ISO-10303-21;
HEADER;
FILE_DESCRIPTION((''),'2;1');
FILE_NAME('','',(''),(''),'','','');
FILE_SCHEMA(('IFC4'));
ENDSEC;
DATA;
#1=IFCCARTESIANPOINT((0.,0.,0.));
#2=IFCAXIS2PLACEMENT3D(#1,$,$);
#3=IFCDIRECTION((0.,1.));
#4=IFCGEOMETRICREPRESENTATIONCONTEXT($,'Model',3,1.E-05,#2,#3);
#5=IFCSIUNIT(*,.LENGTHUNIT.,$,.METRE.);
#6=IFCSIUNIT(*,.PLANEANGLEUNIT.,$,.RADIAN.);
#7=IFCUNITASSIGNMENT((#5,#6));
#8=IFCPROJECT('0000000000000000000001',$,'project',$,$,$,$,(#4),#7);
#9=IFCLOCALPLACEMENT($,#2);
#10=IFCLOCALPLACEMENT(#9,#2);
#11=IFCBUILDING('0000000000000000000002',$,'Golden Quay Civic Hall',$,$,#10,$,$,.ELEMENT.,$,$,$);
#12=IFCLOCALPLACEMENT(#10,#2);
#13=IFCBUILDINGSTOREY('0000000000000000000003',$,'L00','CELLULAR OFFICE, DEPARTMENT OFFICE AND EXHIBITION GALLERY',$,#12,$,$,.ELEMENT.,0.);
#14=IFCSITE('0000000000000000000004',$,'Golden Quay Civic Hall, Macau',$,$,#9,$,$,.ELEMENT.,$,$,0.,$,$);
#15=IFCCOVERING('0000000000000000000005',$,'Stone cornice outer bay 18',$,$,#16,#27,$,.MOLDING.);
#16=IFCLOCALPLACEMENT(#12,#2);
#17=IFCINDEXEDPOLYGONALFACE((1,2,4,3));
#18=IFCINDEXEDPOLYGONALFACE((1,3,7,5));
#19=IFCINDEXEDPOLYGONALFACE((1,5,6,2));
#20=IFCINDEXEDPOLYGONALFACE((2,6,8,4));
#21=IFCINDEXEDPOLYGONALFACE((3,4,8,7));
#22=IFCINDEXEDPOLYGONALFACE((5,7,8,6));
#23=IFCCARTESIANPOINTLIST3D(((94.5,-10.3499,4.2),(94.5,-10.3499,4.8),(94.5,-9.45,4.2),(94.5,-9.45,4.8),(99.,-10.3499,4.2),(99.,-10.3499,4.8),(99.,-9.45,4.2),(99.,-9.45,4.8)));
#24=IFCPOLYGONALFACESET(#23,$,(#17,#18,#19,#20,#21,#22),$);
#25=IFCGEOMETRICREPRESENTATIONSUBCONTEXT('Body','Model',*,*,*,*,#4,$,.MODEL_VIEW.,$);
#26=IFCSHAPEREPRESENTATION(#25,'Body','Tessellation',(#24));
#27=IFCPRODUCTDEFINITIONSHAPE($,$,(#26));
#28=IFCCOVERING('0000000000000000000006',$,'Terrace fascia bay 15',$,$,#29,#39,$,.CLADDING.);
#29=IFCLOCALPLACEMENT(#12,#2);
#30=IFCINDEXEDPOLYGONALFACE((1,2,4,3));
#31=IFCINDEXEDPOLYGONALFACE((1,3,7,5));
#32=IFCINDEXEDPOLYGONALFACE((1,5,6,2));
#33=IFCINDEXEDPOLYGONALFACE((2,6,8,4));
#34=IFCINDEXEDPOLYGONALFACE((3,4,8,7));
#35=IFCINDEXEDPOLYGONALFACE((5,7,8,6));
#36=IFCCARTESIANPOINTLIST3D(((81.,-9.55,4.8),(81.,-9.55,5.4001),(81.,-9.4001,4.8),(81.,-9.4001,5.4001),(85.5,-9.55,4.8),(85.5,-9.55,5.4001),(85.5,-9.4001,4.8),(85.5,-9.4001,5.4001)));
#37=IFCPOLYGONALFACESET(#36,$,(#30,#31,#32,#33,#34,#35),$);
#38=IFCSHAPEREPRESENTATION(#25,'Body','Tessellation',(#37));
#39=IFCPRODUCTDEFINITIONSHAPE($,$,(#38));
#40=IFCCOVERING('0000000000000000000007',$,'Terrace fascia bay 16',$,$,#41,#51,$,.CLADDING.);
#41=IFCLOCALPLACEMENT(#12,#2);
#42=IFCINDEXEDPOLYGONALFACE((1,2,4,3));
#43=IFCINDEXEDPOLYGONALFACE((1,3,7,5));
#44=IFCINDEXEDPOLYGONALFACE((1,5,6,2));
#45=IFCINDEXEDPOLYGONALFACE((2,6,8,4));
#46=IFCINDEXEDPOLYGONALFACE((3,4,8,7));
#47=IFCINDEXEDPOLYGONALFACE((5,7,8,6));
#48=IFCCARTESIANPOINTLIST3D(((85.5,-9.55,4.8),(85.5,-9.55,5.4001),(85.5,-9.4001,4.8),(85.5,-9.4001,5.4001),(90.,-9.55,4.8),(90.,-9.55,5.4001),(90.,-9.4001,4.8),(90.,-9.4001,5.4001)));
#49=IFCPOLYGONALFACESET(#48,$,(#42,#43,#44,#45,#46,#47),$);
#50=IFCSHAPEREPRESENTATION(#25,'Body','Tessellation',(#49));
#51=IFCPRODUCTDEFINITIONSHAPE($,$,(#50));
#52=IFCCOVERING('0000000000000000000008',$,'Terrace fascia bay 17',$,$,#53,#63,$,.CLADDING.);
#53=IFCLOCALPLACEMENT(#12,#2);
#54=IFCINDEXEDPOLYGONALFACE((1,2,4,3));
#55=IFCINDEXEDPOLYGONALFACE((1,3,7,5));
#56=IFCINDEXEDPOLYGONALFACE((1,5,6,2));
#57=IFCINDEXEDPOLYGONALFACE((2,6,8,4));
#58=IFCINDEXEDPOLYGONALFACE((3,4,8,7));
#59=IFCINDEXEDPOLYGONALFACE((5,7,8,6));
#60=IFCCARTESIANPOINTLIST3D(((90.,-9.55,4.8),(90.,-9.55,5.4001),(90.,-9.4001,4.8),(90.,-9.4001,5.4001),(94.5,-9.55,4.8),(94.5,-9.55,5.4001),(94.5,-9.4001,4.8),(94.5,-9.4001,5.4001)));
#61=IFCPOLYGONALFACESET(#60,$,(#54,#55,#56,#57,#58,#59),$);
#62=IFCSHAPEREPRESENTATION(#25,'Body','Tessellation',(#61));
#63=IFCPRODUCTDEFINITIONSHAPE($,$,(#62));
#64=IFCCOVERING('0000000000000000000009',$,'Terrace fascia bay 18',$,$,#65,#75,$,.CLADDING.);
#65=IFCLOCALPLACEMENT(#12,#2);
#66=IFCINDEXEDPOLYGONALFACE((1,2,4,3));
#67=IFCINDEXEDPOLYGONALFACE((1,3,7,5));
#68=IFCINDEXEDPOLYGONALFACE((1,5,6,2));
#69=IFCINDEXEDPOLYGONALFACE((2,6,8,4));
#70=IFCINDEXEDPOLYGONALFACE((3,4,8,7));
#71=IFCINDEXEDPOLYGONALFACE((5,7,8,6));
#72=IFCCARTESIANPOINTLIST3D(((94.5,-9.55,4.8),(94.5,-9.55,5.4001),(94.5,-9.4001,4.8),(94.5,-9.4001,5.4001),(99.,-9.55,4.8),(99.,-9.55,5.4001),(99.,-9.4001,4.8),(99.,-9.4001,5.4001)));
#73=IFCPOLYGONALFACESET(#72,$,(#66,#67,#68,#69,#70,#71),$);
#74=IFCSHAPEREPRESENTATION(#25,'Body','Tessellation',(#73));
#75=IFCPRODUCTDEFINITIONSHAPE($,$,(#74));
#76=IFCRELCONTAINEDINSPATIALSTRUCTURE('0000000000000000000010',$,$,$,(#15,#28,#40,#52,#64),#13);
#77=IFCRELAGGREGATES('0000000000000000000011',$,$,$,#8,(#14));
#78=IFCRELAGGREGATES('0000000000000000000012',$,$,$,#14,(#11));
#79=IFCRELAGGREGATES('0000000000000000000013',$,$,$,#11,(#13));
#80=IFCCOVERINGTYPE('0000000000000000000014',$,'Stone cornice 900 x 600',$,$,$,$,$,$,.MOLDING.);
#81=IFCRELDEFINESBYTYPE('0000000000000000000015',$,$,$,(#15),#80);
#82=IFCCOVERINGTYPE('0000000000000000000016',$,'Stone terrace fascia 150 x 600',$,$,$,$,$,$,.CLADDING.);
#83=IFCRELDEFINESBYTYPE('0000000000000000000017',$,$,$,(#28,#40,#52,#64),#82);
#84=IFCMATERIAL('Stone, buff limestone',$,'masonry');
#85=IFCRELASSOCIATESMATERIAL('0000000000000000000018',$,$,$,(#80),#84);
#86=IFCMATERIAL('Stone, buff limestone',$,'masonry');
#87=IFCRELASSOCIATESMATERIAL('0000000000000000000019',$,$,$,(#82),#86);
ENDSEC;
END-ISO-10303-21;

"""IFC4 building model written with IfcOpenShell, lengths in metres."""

from ifc_helpers import new_model, si_unit, direction, frame, origin, origin_2d, place, context, subcontext, project, spatial, rectangle, extrude, material, material_profile, profile_set, type_object, element, save


model = new_model("IFC4")

# Units and contexts
model_context = context("Model", 3, precision=1e-05, world=origin(), true_north=direction((0.0, 1.0)))
body_context = subcontext(model_context, "Body", "Model", "MODEL_VIEW")
ifc_project = project(units=[si_unit("LENGTHUNIT", "METRE"), si_unit("PLANEANGLEUNIT", "RADIAN")], contexts=[model_context])

# Site, building, storey
site_placement = place(None, origin())
site = spatial("IfcSite", under=ifc_project, at=site_placement, Name="Golden Quay Civic Hall, Macau", CompositionType="ELEMENT", RefElevation=0.0)
building_placement = place(site_placement, origin())
building = spatial("IfcBuilding", under=site, at=building_placement, Name="Golden Quay Civic Hall", CompositionType="ELEMENT")
storey_placement = place(building_placement, origin())
storey = spatial("IfcBuildingStorey", under=building, at=storey_placement, Name="L00", Description="CELLULAR OFFICE, DEPARTMENT OFFICE AND EXHIBITION GALLERY", CompositionType="ELEMENT", Elevation=0.0)

# Coverings
ifc_material_1 = material(Name="Stone, buff limestone", Category="masonry")
ifc_material_profile_1 = material_profile(ifc_material_1, rectangle(XDim=0.8999, YDim=0.6001, at=origin_2d()), Name="RC 900x600")
ifc_profile_set_1 = profile_set([ifc_material_profile_1], Name="Stone, buff limestone")
covering_type_1 = type_object("IfcCoveringType", Name="Stone cornice 900 x 600", PredefinedType="MOLDING", material=ifc_profile_set_1)
for number, where, z_axis, x_axis, name in (
    (1, (94.5, -9.8999, 4.5), (1.0, 0.0, 0.0), (0.0, 1.0, 0.0), "Stone cornice outer bay 18"),
):
    element("IfcCovering", number, at=place(storey_placement, frame(where, z_axis=z_axis, x_axis=x_axis)), inside=storey, type_object=covering_type_1, Name=name, PredefinedType="MOLDING", context=body_context, shape_type="SweptSolid", body=[
        extrude(rectangle(XDim=0.8999, YDim=0.6001, at=origin_2d()), origin(), (0.0, 0.0, 1.0), 4.5),
    ])
ifc_material_2 = material(Name="Stone, buff limestone", Category="masonry")
ifc_material_profile_2 = material_profile(ifc_material_2, rectangle(XDim=0.1499, YDim=0.6001, at=origin_2d()), Name="RC 150x600")
ifc_profile_set_2 = profile_set([ifc_material_profile_2], Name="Stone, buff limestone")
covering_type_2 = type_object("IfcCoveringType", Name="Stone terrace fascia 150 x 600", PredefinedType="CLADDING", material=ifc_profile_set_2)
for number, where, z_axis, x_axis, name in (
    (2, (81.0, -9.4751, 5.1001), (1.0, 0.0, 0.0), (0.0, 1.0, 0.0), "Terrace fascia bay 15"),
    (3, (85.5, -9.4751, 5.1001), (1.0, 0.0, 0.0), (0.0, 1.0, 0.0), "Terrace fascia bay 16"),
    (4, (90.0, -9.4751, 5.1001), (1.0, 0.0, 0.0), (0.0, 1.0, 0.0), "Terrace fascia bay 17"),
    (5, (94.5, -9.4751, 5.1001), (1.0, 0.0, 0.0), (0.0, 1.0, 0.0), "Terrace fascia bay 18"),
):
    element("IfcCovering", number, at=place(storey_placement, frame(where, z_axis=z_axis, x_axis=x_axis)), inside=storey, type_object=covering_type_2, Name=name, PredefinedType="CLADDING", context=body_context, shape_type="SweptSolid", body=[
        extrude(rectangle(XDim=0.1499, YDim=0.6001, at=origin_2d()), origin(), (0.0, 0.0, 1.0), 4.5),
    ])

save(model, "model.ifc")
